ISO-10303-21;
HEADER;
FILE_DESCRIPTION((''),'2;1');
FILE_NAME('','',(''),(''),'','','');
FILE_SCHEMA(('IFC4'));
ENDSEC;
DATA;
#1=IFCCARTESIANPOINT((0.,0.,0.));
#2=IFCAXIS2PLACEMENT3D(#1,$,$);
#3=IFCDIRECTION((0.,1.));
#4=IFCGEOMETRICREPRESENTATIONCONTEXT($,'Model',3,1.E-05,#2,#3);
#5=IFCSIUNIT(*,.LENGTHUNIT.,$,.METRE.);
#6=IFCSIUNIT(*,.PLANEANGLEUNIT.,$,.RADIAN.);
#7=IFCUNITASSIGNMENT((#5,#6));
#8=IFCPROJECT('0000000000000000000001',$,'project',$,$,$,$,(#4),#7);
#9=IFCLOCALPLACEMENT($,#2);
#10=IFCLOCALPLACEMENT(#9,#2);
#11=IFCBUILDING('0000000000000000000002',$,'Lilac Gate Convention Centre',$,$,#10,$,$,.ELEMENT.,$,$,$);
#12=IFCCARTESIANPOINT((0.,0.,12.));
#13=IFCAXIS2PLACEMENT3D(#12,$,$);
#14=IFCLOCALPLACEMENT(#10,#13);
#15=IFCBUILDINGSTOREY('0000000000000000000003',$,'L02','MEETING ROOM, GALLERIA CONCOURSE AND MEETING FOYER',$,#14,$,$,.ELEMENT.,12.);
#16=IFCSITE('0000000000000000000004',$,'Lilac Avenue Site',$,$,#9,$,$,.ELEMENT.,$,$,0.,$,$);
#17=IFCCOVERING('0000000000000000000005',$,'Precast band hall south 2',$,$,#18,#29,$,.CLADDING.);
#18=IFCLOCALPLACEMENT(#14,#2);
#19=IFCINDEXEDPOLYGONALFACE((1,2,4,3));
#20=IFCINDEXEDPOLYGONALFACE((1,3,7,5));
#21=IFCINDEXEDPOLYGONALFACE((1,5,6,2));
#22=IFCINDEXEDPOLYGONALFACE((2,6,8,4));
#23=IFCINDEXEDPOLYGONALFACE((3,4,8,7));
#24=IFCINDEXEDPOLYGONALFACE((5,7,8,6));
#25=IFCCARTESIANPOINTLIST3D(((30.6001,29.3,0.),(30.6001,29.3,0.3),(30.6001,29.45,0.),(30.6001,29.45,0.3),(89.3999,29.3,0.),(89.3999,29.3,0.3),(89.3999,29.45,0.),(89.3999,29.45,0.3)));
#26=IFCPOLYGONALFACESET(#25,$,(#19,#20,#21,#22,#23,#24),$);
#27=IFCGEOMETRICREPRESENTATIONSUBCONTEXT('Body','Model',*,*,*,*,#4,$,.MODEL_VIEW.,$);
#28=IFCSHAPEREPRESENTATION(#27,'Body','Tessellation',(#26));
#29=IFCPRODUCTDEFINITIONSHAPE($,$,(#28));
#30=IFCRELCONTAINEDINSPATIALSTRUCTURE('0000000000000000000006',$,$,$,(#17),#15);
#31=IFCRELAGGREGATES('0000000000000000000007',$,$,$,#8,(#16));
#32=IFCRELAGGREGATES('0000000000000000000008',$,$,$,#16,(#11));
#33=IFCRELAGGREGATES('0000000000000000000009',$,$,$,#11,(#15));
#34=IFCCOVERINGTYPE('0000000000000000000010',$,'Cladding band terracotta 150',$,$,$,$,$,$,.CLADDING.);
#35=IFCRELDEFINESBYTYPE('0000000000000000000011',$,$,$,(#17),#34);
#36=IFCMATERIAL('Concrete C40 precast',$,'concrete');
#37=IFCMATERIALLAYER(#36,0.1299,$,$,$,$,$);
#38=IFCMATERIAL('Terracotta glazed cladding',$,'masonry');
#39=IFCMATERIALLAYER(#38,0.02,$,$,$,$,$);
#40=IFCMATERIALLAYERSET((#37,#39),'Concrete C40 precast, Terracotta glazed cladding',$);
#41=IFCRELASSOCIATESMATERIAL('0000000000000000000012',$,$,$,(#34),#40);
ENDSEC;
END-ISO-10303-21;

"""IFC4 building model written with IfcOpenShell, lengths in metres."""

from ifc_helpers import new_model, si_unit, direction, frame, frame_2d, origin, place, context, subcontext, project, spatial, rectangle, extrude, material, layer, layer_set, type_object, element, save


model = new_model("IFC4")

# Units and contexts
model_context = context("Model", 3, precision=1e-05, world=origin(), true_north=direction((0.0, 1.0)))
body_context = subcontext(model_context, "Body", "Model", "MODEL_VIEW")
ifc_project = project(units=[si_unit("LENGTHUNIT", "METRE"), si_unit("PLANEANGLEUNIT", "RADIAN")], contexts=[model_context])

# Site, building, storey
site_placement = place(None, origin())
site = spatial("IfcSite", under=ifc_project, at=site_placement, Name="Lilac Avenue Site", CompositionType="ELEMENT", RefElevation=0.0)
building_placement = place(site_placement, origin())
building = spatial("IfcBuilding", under=site, at=building_placement, Name="Lilac Gate Convention Centre", CompositionType="ELEMENT")
storey_placement = place(building_placement, frame((0.0, 0.0, 12.0)))
storey = spatial("IfcBuildingStorey", under=building, at=storey_placement, Name="L02", Description="MEETING ROOM, GALLERIA CONCOURSE AND MEETING FOYER", CompositionType="ELEMENT", Elevation=12.0)

# Covering
ifc_material_1 = material(Name="Concrete C40 precast", Category="concrete")
ifc_layer_1 = layer(ifc_material_1, 0.1299)
ifc_material_2 = material(Name="Terracotta glazed cladding", Category="masonry")
ifc_layer_2 = layer(ifc_material_2, 0.02)
ifc_layer_set_1 = layer_set([ifc_layer_1, ifc_layer_2], Name="Concrete C40 precast, Terracotta glazed cladding")
covering_type_1 = type_object("IfcCoveringType", Name="Cladding band terracotta 150", PredefinedType="CLADDING", material=ifc_layer_set_1)
covering_1_placement = place(storey_placement, frame((30.6001, 29.375, 0.0), z_axis=(0.0, 0.0, 1.0), x_axis=(1.0, 0.0, 0.0)))
element("IfcCovering", 1, at=covering_1_placement, inside=storey, type_object=covering_type_1, Name="Precast band hall south 2", PredefinedType="CLADDING", context=body_context, shape_type="SweptSolid", body=[
    extrude(rectangle(XDim=58.7998, YDim=0.1499, at=frame_2d((29.3999, 0.0))), origin(), (0.0, 0.0, 1.0), 0.3),
])

save(model, "model.ifc")
